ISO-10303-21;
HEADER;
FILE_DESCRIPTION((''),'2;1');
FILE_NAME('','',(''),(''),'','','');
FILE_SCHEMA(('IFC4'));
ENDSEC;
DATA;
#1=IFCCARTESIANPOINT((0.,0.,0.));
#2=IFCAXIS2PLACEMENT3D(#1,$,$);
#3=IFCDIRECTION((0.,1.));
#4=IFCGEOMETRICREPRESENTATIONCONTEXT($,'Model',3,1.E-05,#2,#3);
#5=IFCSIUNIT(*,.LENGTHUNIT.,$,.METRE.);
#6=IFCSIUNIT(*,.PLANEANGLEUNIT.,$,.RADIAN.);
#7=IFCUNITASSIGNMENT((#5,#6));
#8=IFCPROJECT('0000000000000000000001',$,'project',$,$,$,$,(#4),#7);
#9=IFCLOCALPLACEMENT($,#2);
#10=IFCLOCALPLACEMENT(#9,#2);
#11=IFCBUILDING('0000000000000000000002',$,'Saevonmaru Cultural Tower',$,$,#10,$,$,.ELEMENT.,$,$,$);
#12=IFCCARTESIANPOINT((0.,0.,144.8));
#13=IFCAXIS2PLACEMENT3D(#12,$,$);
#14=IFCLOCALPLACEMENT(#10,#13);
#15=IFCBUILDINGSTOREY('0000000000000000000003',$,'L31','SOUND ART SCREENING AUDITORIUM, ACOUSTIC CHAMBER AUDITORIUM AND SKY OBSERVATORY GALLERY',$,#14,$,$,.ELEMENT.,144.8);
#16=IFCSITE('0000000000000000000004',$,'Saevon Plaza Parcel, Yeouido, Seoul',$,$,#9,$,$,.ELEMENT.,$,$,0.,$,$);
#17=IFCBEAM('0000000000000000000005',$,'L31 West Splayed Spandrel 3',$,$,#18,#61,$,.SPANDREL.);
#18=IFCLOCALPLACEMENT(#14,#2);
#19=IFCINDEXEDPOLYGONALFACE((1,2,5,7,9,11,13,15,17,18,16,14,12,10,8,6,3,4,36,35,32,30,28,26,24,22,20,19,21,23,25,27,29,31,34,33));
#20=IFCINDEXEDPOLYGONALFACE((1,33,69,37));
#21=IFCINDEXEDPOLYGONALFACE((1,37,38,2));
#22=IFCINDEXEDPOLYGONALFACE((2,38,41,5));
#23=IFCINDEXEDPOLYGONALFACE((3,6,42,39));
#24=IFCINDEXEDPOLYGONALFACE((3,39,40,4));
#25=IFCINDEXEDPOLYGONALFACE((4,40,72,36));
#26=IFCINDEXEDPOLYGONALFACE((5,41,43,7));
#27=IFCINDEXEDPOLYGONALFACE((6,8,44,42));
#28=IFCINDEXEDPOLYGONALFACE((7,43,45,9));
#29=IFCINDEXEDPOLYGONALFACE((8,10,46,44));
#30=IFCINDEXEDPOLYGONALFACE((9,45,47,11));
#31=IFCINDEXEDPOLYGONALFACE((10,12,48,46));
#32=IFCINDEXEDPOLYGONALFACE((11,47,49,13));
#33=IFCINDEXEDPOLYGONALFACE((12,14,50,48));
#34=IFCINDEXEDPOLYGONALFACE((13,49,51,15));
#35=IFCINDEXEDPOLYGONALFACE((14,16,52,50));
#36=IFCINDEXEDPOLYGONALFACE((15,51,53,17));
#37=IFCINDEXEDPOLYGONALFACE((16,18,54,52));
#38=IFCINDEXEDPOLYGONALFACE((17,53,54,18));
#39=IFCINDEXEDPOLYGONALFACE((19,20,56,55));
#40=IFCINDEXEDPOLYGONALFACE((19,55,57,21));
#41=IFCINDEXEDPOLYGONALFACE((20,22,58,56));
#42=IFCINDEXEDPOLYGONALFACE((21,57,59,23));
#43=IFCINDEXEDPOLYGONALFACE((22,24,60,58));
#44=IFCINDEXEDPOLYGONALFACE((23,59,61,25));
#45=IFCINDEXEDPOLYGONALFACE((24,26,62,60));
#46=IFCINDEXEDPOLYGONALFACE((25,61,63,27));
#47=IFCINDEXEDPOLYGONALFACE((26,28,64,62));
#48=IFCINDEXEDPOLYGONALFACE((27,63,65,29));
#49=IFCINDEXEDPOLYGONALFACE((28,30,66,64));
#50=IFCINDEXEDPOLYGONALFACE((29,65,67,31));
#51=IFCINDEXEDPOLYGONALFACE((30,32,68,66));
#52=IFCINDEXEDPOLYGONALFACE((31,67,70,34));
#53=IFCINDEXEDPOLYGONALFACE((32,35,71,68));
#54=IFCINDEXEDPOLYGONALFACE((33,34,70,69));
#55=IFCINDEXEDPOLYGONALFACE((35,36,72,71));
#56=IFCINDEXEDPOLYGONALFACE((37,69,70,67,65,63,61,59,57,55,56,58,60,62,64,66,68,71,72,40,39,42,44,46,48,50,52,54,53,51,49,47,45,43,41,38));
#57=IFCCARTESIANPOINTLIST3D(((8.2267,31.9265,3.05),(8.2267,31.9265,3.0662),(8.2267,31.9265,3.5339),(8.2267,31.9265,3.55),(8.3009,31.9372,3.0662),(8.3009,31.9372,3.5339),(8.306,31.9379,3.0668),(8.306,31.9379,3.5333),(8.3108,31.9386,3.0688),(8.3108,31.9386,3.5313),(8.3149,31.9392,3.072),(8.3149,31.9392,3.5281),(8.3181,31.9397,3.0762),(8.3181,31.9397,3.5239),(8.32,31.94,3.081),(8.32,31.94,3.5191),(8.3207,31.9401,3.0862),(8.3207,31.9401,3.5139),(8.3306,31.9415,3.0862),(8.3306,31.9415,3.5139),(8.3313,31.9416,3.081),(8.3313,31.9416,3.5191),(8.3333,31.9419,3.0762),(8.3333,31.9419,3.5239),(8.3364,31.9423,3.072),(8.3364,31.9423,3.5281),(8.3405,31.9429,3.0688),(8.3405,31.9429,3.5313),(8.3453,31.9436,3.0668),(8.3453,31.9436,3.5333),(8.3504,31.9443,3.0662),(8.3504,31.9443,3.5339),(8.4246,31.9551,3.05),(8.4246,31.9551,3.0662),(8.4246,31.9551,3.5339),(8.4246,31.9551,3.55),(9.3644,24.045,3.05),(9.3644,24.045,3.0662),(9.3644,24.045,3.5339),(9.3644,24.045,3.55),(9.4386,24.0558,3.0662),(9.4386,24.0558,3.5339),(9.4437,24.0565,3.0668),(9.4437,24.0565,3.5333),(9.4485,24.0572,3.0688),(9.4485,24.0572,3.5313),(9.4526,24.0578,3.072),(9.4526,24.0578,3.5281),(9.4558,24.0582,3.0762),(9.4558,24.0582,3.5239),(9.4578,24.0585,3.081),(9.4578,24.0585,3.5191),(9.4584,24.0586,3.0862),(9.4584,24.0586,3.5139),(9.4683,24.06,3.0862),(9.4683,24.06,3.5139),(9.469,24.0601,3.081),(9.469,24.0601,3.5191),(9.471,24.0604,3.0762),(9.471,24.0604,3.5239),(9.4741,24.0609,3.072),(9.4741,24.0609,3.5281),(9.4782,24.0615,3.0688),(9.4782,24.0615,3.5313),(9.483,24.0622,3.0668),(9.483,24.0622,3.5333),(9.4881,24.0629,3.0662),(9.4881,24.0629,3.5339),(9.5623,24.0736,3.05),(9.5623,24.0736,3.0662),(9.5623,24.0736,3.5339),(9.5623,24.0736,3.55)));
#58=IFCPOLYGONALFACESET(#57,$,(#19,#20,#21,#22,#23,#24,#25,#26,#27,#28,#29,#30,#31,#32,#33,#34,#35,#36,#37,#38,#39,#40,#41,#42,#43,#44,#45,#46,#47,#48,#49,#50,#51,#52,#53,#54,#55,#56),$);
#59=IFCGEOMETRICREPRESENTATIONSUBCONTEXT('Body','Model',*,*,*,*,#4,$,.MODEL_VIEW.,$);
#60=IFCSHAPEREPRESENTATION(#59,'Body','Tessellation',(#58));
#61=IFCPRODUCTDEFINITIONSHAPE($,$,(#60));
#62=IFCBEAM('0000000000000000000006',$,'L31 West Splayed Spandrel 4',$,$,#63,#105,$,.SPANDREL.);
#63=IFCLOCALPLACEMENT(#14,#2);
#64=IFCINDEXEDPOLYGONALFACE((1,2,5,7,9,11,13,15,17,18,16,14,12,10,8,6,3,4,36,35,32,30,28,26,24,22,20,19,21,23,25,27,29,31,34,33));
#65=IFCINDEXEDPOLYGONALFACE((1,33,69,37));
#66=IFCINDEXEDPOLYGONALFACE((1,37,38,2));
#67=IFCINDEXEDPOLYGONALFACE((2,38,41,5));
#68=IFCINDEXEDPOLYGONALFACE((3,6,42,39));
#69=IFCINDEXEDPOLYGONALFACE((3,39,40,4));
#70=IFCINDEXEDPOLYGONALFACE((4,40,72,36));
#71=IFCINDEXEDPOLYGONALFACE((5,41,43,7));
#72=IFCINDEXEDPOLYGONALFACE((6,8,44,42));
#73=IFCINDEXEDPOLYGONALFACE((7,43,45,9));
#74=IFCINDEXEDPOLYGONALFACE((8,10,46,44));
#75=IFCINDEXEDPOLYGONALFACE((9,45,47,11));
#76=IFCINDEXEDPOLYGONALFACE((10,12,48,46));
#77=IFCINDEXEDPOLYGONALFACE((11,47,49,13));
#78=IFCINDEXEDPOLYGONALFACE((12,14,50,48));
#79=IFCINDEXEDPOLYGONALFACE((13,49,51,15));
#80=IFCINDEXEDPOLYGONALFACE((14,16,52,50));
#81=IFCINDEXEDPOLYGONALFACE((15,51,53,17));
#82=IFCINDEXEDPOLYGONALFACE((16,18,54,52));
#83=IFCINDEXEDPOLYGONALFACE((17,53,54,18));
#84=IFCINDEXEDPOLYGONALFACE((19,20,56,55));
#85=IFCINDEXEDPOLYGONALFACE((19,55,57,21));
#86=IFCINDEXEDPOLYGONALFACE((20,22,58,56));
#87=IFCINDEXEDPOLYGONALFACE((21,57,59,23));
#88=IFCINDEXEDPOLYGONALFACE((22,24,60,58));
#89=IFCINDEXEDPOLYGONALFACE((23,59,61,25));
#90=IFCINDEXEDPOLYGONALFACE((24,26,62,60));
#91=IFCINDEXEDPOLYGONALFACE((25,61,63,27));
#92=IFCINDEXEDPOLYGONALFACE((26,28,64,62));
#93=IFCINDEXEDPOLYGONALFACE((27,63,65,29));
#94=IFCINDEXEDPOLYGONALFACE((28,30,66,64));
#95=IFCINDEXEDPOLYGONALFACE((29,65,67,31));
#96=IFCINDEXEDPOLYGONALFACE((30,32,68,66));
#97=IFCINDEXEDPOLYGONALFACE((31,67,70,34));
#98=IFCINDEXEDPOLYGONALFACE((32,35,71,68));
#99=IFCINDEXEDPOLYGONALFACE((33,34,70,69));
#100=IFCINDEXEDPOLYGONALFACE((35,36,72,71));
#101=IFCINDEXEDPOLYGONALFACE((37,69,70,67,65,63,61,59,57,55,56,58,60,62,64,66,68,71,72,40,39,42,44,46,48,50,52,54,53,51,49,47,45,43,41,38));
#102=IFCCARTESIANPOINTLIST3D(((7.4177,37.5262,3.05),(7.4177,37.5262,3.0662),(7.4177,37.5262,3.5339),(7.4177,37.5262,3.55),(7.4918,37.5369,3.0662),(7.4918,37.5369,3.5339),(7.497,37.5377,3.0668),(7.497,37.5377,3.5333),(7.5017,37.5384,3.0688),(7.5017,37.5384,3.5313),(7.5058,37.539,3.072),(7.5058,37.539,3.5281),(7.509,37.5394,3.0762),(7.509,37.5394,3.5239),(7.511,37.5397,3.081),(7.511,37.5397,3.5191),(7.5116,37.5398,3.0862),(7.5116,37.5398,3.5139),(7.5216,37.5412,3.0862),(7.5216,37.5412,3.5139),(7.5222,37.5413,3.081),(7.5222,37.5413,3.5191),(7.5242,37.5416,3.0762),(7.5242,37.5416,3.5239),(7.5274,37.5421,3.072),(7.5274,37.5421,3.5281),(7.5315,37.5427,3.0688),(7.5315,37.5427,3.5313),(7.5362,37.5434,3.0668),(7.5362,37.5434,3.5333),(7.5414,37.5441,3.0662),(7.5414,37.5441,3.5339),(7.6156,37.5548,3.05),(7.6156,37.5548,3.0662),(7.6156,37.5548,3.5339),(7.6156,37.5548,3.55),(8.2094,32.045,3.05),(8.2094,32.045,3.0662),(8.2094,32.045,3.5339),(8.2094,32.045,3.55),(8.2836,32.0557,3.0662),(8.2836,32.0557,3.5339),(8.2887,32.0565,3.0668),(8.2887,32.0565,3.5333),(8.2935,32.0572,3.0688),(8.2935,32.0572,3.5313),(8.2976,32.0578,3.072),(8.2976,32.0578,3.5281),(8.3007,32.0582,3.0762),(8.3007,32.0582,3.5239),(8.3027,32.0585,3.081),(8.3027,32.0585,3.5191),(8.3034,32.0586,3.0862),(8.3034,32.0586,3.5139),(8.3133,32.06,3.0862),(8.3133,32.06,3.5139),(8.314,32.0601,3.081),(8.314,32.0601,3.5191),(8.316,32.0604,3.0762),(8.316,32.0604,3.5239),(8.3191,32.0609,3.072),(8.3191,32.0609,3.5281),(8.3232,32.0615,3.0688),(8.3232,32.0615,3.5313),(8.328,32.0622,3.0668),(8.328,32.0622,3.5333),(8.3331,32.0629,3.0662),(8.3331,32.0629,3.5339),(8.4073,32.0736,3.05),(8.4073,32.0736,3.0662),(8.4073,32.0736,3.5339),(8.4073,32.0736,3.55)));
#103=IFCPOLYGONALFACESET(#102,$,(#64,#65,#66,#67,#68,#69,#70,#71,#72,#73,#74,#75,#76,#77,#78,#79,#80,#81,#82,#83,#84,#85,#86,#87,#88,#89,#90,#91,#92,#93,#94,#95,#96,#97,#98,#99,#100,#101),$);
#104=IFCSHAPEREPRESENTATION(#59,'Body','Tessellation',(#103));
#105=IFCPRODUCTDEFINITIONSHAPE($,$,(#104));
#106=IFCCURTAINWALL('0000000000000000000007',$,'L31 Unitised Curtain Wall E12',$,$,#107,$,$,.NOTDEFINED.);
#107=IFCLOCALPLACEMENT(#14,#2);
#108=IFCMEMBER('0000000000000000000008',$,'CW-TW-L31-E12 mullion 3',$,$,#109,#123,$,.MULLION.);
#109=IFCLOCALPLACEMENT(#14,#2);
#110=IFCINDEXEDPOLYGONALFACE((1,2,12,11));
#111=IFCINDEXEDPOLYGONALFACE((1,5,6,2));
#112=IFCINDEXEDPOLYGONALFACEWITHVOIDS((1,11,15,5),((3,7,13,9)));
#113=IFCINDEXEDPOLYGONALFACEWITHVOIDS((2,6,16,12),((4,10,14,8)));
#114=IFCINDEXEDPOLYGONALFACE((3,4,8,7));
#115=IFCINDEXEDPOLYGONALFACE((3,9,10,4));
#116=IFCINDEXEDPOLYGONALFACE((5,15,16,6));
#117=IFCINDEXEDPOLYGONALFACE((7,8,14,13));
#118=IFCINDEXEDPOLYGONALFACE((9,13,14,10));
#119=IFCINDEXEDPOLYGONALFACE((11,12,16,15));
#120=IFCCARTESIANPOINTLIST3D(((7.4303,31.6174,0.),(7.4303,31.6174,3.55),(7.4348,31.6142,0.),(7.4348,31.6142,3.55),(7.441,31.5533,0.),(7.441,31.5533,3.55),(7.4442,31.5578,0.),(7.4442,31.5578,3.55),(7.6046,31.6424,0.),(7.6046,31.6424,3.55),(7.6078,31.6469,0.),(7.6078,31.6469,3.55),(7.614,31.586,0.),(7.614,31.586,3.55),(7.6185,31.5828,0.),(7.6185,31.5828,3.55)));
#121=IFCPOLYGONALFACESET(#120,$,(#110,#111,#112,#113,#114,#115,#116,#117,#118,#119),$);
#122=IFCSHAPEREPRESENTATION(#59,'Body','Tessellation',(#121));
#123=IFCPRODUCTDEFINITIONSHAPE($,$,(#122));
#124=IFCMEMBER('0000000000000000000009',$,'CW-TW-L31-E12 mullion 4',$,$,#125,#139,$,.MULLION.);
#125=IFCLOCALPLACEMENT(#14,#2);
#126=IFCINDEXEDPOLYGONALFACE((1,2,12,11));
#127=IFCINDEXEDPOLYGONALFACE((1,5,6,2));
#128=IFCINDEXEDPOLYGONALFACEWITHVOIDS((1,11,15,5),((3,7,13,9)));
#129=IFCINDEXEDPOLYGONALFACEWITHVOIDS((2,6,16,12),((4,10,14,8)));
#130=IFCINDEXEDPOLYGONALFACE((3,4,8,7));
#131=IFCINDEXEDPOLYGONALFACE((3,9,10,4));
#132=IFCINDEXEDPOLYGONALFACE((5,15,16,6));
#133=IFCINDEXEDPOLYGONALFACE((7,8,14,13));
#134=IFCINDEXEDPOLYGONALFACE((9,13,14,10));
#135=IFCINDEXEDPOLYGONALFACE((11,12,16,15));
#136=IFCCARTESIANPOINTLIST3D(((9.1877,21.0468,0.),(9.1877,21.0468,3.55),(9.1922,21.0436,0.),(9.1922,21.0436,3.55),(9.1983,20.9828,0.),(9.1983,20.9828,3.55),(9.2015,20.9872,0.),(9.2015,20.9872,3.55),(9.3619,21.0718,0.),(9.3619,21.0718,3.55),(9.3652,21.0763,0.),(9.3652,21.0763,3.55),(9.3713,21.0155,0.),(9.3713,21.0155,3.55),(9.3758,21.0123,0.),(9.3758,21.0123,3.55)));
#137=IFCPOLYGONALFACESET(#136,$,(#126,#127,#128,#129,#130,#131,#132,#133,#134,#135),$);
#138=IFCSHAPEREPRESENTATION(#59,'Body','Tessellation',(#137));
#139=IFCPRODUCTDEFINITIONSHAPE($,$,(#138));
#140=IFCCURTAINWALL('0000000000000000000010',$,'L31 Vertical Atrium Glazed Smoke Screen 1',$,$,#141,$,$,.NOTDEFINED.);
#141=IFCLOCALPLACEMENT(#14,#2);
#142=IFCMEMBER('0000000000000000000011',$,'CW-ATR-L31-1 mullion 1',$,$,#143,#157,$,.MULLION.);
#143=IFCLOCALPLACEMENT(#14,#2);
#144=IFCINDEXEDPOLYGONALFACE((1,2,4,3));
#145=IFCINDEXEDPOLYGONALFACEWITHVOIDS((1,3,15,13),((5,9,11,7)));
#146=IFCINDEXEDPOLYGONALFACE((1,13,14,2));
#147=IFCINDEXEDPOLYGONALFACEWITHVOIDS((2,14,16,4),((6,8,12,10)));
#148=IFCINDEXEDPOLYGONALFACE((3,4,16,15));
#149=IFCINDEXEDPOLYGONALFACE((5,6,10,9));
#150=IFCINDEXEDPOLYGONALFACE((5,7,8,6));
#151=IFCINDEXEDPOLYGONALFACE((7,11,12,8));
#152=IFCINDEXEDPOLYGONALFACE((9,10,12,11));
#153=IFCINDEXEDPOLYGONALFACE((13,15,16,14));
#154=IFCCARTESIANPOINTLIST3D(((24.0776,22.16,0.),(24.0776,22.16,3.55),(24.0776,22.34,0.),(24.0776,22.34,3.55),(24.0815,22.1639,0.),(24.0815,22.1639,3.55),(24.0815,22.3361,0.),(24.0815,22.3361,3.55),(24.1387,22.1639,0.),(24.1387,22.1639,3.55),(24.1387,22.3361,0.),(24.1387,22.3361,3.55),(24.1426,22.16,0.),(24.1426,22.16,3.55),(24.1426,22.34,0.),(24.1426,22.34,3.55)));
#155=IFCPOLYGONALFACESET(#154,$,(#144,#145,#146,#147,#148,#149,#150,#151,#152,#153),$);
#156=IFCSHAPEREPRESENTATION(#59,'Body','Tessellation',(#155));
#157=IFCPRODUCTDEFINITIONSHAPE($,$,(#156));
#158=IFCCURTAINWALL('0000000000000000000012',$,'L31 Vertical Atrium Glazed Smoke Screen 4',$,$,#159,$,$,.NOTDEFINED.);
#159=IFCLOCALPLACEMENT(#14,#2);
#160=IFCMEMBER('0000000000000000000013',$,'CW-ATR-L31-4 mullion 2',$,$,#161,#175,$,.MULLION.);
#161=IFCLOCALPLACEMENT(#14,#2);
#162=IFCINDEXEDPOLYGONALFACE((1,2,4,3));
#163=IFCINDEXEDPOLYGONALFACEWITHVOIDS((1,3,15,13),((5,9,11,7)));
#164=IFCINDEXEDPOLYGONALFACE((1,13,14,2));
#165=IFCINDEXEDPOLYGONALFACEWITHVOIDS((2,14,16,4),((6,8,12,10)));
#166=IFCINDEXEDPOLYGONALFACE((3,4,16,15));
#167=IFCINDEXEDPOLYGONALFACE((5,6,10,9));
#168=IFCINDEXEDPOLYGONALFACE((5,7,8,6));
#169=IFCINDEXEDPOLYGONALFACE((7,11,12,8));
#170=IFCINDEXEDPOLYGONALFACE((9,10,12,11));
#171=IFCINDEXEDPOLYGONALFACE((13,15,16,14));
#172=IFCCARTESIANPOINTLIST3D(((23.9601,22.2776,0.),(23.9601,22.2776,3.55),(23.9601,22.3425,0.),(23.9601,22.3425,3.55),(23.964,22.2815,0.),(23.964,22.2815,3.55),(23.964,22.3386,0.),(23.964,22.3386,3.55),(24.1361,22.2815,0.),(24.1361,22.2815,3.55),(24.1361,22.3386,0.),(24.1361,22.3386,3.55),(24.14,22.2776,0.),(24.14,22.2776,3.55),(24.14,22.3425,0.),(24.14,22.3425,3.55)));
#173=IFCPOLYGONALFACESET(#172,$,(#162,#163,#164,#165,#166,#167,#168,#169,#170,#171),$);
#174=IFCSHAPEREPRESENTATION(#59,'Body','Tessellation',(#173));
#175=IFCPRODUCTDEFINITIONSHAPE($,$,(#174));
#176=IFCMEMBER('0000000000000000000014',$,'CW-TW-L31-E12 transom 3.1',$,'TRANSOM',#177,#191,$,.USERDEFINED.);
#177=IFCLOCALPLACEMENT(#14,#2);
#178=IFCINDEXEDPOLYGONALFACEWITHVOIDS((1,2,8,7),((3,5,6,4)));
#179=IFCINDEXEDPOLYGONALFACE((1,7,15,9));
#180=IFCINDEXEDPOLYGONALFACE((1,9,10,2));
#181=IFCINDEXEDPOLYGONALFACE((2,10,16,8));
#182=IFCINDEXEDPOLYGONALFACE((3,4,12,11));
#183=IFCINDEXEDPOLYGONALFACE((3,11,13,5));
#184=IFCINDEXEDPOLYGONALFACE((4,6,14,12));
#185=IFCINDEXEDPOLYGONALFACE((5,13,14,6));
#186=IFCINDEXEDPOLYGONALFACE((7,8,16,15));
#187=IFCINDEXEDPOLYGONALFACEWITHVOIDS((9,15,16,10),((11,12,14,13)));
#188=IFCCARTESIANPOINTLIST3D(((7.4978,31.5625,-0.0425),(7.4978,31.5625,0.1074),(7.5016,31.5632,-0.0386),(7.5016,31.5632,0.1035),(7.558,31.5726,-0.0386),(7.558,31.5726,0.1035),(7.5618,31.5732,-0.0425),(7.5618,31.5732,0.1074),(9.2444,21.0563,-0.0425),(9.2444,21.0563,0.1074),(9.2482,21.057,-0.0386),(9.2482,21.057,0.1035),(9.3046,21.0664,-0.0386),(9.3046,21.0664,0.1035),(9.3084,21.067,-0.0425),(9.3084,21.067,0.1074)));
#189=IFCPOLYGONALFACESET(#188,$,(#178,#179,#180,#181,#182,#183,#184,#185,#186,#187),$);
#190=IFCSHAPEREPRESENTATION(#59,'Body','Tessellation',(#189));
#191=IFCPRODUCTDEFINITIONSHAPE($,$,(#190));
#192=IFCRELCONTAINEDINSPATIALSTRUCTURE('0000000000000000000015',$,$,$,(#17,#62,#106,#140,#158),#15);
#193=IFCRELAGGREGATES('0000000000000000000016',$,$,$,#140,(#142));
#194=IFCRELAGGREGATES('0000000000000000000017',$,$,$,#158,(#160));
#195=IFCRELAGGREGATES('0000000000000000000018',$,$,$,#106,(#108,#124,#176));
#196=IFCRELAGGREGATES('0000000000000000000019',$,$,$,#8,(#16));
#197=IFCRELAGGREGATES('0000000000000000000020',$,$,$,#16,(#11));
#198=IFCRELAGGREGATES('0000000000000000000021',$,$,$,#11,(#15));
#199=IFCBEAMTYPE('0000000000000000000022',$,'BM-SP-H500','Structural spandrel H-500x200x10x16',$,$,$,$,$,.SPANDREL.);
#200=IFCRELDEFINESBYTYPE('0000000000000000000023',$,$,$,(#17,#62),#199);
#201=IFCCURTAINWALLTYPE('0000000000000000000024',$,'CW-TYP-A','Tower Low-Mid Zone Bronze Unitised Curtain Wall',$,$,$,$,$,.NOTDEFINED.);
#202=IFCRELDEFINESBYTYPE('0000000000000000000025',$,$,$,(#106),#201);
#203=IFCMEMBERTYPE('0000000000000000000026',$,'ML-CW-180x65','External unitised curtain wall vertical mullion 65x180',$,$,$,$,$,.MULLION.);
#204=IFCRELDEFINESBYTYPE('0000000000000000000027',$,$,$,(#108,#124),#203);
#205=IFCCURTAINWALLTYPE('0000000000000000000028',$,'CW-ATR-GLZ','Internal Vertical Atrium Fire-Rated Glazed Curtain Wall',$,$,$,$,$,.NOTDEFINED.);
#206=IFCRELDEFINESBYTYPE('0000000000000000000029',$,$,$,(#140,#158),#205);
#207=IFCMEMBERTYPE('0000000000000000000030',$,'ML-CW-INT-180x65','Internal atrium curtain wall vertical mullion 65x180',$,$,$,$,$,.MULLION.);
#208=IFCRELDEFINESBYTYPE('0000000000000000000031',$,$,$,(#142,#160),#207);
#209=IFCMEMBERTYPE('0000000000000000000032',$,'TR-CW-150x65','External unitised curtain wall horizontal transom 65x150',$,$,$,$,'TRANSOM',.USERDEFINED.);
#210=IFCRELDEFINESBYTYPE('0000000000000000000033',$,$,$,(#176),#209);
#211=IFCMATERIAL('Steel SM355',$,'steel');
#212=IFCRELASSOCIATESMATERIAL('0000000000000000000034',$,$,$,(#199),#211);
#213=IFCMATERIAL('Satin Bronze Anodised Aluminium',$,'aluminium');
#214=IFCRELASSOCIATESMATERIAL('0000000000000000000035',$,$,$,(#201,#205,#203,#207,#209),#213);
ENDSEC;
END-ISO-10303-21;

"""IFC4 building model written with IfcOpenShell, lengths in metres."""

from ifc_helpers import new_model, si_unit, direction, frame, origin, origin_2d, place, context, subcontext, project, spatial, hollow_rectangle, i_section, extrude, material, material_profile, profile_set, type_object, element, aggregate, save


model = new_model("IFC4")

# Units and contexts
model_context = context("Model", 3, precision=1e-05, world=origin(), true_north=direction((0.0, 1.0)))
body_context = subcontext(model_context, "Body", "Model", "MODEL_VIEW")
ifc_project = project(units=[si_unit("LENGTHUNIT", "METRE"), si_unit("PLANEANGLEUNIT", "RADIAN")], contexts=[model_context])

# Site, building, storey
site_placement = place(None, origin())
site = spatial("IfcSite", under=ifc_project, at=site_placement, Name="Saevon Plaza Parcel, Yeouido, Seoul", CompositionType="ELEMENT", RefElevation=0.0)
building_placement = place(site_placement, origin())
building = spatial("IfcBuilding", under=site, at=building_placement, Name="Saevonmaru Cultural Tower", CompositionType="ELEMENT")
storey_placement = place(building_placement, frame((0.0, 0.0, 144.8)))
storey = spatial("IfcBuildingStorey", under=building, at=storey_placement, Name="L31", Description="SOUND ART SCREENING AUDITORIUM, ACOUSTIC CHAMBER AUDITORIUM AND SKY OBSERVATORY GALLERY", CompositionType="ELEMENT", Elevation=144.8)

# Shared definitions
ifc_material_1 = material(Name="Steel SM355", Category="steel")

# Beams
ifc_material_profile_1 = material_profile(ifc_material_1, i_section(OverallWidth=0.2, OverallDepth=0.5, WebThickness=0.01, FlangeThickness=0.0161, FilletRadius=0.02, at=origin_2d()), Name="H-500x200x10x16")
ifc_profile_set_1 = profile_set([ifc_material_profile_1], Name="Steel SM355")
beam_type_1 = type_object("IfcBeamType", Name="BM-SP-H500", Description="Structural spandrel H-500x200x10x16", PredefinedType="SPANDREL", material=ifc_profile_set_1)
beam_1_placement = place(storey_placement, frame((9.4634, 24.0593, 3.3), z_axis=(-0.142872, 0.989741, 0.0), x_axis=(-0.989741, -0.142872, 0.0)))
element("IfcBeam", 1, at=beam_1_placement, inside=storey, type_object=beam_type_1, Name="L31 West Splayed Spandrel 3", PredefinedType="SPANDREL", context=body_context, shape_type="SweptSolid", body=[
    extrude(i_section(OverallWidth=0.2, OverallDepth=0.5, WebThickness=0.01, FlangeThickness=0.0161, FilletRadius=0.02, at=origin_2d()), origin(), (0.0, 0.0, 1.0), 7.9631),
])
beam_2_placement = place(storey_placement, frame((8.3083, 32.0593, 3.3), z_axis=(-0.142964, 0.989728, 0.0), x_axis=(-0.989728, -0.142964, 0.0)))
element("IfcBeam", 2, at=beam_2_placement, inside=storey, type_object=beam_type_1, Name="L31 West Splayed Spandrel 4", PredefinedType="SPANDREL", context=body_context, shape_type="SweptSolid", body=[
    extrude(i_section(OverallWidth=0.2, OverallDepth=0.5, WebThickness=0.01, FlangeThickness=0.0161, FilletRadius=0.02, at=origin_2d()), origin(), (0.0, 0.0, 1.0), 5.5381),
])

# Curtain wall, members
ifc_material_2 = material(Name="Satin Bronze Anodised Aluminium", Category="aluminium")
curtain_wall_type_1 = type_object("IfcCurtainWallType", Name="CW-TYP-A", Description="Tower Low-Mid Zone Bronze Unitised Curtain Wall", PredefinedType="NOTDEFINED", material=ifc_material_2)
curtain_wall_1_placement = place(storey_placement, origin())
curtain_wall_1 = element("IfcCurtainWall", 3, at=curtain_wall_1_placement, inside=storey, type_object=curtain_wall_type_1, Name="L31 Unitised Curtain Wall E12", PredefinedType="NOTDEFINED")
ifc_material_profile_2 = material_profile(ifc_material_2, hollow_rectangle(XDim=0.0649, YDim=0.1799, WallThickness=0.0039, at=origin_2d()), Name="ALU-MULL-180x65x4")
ifc_profile_set_2 = profile_set([ifc_material_profile_2], Name="Satin Bronze Anodised Aluminium")
member_type_1 = type_object("IfcMemberType", Name="ML-CW-180x65", Description="External unitised curtain wall vertical mullion 65x180", PredefinedType="MULLION", material=ifc_profile_set_2)
member_1_placement = place(storey_placement, frame((7.5244, 31.6001, 0.0), z_axis=(0.0, 0.0, 1.0), x_axis=(0.163999, -0.986461, 0.0)))
member_1 = element("IfcMember", 4, at=member_1_placement, type_object=member_type_1, Name="CW-TW-L31-E12 mullion 3", PredefinedType="MULLION", context=body_context, shape_type="SweptSolid", body=[
    extrude(hollow_rectangle(XDim=0.0649, YDim=0.1799, WallThickness=0.0039, at=origin_2d()), origin(), (0.0, 0.0, 1.0), 3.55),
])
member_2_placement = place(storey_placement, frame((9.2817, 21.0295, 0.0), z_axis=(0.0, 0.0, 1.0), x_axis=(0.163999, -0.986461, 0.0)))
member_2 = element("IfcMember", 5, at=member_2_placement, type_object=member_type_1, Name="CW-TW-L31-E12 mullion 4", PredefinedType="MULLION", context=body_context, shape_type="SweptSolid", body=[
    extrude(hollow_rectangle(XDim=0.0649, YDim=0.1799, WallThickness=0.0039, at=origin_2d()), origin(), (0.0, 0.0, 1.0), 3.55),
])

# Curtain walls, members
curtain_wall_type_2 = type_object("IfcCurtainWallType", Name="CW-ATR-GLZ", Description="Internal Vertical Atrium Fire-Rated Glazed Curtain Wall", PredefinedType="NOTDEFINED", material=ifc_material_2)
curtain_wall_2_placement = place(storey_placement, origin())
curtain_wall_2 = element("IfcCurtainWall", 6, at=curtain_wall_2_placement, inside=storey, type_object=curtain_wall_type_2, Name="L31 Vertical Atrium Glazed Smoke Screen 1", PredefinedType="NOTDEFINED")
ifc_material_profile_3 = material_profile(ifc_material_2, hollow_rectangle(XDim=0.0649, YDim=0.1799, WallThickness=0.0039, at=origin_2d()), Name="ALU-MULL-180x65x4")
ifc_profile_set_3 = profile_set([ifc_material_profile_3], Name="Satin Bronze Anodised Aluminium")
member_type_2 = type_object("IfcMemberType", Name="ML-CW-INT-180x65", Description="Internal atrium curtain wall vertical mullion 65x180", PredefinedType="MULLION", material=ifc_profile_set_3)
member_3_placement = place(storey_placement, frame((24.1101, 22.25, 0.0), z_axis=(0.0, 0.0, 1.0), x_axis=(1.0, 0.0, 0.0)))
member_3 = element("IfcMember", 7, at=member_3_placement, type_object=member_type_2, Name="CW-ATR-L31-1 mullion 1", PredefinedType="MULLION", context=body_context, shape_type="SweptSolid", body=[
    extrude(hollow_rectangle(XDim=0.0649, YDim=0.1799, WallThickness=0.0039, at=origin_2d()), origin(), (0.0, 0.0, 1.0), 3.55),
])
curtain_wall_3_placement = place(storey_placement, origin())
curtain_wall_3 = element("IfcCurtainWall", 8, at=curtain_wall_3_placement, inside=storey, type_object=curtain_wall_type_2, Name="L31 Vertical Atrium Glazed Smoke Screen 4", PredefinedType="NOTDEFINED")
member_4_placement = place(storey_placement, frame((24.05, 22.3101, 0.0), z_axis=(0.0, 0.0, 1.0), x_axis=(0.0, -1.0, 0.0)))
member_4 = element("IfcMember", 9, at=member_4_placement, type_object=member_type_2, Name="CW-ATR-L31-4 mullion 2", PredefinedType="MULLION", context=body_context, shape_type="SweptSolid", body=[
    extrude(hollow_rectangle(XDim=0.0649, YDim=0.1799, WallThickness=0.0039, at=origin_2d()), origin(), (0.0, 0.0, 1.0), 3.55),
])

# Member
ifc_material_profile_4 = material_profile(ifc_material_2, hollow_rectangle(XDim=0.0649, YDim=0.1499, WallThickness=0.0039, at=origin_2d()), Name="ALU-TRAN-150x65x4")
ifc_profile_set_4 = profile_set([ifc_material_profile_4], Name="Satin Bronze Anodised Aluminium")
member_type_3 = type_object("IfcMemberType", Name="TR-CW-150x65", Description="External unitised curtain wall horizontal transom 65x150", ElementType="TRANSOM", PredefinedType="USERDEFINED", material=ifc_profile_set_4)
member_5_placement = place(storey_placement, frame((7.5298, 31.5679, 0.0325), z_axis=(0.163994, -0.986461, 0.0), x_axis=(0.986461, 0.163994, 0.0)))
member_5 = element("IfcMember", 10, at=member_5_placement, type_object=member_type_3, Name="CW-TW-L31-E12 transom 3.1", ObjectType="TRANSOM", PredefinedType="USERDEFINED", context=body_context, shape_type="SweptSolid", body=[
    extrude(hollow_rectangle(XDim=0.0649, YDim=0.1499, WallThickness=0.0039, at=origin_2d()), origin(), (0.0, 0.0, 1.0), 10.6504),
])
aggregate(curtain_wall_2, [member_3])

aggregate(curtain_wall_3, [member_4])
aggregate(curtain_wall_1, [member_1, member_2, member_5])

save(model, "model.ifc")
